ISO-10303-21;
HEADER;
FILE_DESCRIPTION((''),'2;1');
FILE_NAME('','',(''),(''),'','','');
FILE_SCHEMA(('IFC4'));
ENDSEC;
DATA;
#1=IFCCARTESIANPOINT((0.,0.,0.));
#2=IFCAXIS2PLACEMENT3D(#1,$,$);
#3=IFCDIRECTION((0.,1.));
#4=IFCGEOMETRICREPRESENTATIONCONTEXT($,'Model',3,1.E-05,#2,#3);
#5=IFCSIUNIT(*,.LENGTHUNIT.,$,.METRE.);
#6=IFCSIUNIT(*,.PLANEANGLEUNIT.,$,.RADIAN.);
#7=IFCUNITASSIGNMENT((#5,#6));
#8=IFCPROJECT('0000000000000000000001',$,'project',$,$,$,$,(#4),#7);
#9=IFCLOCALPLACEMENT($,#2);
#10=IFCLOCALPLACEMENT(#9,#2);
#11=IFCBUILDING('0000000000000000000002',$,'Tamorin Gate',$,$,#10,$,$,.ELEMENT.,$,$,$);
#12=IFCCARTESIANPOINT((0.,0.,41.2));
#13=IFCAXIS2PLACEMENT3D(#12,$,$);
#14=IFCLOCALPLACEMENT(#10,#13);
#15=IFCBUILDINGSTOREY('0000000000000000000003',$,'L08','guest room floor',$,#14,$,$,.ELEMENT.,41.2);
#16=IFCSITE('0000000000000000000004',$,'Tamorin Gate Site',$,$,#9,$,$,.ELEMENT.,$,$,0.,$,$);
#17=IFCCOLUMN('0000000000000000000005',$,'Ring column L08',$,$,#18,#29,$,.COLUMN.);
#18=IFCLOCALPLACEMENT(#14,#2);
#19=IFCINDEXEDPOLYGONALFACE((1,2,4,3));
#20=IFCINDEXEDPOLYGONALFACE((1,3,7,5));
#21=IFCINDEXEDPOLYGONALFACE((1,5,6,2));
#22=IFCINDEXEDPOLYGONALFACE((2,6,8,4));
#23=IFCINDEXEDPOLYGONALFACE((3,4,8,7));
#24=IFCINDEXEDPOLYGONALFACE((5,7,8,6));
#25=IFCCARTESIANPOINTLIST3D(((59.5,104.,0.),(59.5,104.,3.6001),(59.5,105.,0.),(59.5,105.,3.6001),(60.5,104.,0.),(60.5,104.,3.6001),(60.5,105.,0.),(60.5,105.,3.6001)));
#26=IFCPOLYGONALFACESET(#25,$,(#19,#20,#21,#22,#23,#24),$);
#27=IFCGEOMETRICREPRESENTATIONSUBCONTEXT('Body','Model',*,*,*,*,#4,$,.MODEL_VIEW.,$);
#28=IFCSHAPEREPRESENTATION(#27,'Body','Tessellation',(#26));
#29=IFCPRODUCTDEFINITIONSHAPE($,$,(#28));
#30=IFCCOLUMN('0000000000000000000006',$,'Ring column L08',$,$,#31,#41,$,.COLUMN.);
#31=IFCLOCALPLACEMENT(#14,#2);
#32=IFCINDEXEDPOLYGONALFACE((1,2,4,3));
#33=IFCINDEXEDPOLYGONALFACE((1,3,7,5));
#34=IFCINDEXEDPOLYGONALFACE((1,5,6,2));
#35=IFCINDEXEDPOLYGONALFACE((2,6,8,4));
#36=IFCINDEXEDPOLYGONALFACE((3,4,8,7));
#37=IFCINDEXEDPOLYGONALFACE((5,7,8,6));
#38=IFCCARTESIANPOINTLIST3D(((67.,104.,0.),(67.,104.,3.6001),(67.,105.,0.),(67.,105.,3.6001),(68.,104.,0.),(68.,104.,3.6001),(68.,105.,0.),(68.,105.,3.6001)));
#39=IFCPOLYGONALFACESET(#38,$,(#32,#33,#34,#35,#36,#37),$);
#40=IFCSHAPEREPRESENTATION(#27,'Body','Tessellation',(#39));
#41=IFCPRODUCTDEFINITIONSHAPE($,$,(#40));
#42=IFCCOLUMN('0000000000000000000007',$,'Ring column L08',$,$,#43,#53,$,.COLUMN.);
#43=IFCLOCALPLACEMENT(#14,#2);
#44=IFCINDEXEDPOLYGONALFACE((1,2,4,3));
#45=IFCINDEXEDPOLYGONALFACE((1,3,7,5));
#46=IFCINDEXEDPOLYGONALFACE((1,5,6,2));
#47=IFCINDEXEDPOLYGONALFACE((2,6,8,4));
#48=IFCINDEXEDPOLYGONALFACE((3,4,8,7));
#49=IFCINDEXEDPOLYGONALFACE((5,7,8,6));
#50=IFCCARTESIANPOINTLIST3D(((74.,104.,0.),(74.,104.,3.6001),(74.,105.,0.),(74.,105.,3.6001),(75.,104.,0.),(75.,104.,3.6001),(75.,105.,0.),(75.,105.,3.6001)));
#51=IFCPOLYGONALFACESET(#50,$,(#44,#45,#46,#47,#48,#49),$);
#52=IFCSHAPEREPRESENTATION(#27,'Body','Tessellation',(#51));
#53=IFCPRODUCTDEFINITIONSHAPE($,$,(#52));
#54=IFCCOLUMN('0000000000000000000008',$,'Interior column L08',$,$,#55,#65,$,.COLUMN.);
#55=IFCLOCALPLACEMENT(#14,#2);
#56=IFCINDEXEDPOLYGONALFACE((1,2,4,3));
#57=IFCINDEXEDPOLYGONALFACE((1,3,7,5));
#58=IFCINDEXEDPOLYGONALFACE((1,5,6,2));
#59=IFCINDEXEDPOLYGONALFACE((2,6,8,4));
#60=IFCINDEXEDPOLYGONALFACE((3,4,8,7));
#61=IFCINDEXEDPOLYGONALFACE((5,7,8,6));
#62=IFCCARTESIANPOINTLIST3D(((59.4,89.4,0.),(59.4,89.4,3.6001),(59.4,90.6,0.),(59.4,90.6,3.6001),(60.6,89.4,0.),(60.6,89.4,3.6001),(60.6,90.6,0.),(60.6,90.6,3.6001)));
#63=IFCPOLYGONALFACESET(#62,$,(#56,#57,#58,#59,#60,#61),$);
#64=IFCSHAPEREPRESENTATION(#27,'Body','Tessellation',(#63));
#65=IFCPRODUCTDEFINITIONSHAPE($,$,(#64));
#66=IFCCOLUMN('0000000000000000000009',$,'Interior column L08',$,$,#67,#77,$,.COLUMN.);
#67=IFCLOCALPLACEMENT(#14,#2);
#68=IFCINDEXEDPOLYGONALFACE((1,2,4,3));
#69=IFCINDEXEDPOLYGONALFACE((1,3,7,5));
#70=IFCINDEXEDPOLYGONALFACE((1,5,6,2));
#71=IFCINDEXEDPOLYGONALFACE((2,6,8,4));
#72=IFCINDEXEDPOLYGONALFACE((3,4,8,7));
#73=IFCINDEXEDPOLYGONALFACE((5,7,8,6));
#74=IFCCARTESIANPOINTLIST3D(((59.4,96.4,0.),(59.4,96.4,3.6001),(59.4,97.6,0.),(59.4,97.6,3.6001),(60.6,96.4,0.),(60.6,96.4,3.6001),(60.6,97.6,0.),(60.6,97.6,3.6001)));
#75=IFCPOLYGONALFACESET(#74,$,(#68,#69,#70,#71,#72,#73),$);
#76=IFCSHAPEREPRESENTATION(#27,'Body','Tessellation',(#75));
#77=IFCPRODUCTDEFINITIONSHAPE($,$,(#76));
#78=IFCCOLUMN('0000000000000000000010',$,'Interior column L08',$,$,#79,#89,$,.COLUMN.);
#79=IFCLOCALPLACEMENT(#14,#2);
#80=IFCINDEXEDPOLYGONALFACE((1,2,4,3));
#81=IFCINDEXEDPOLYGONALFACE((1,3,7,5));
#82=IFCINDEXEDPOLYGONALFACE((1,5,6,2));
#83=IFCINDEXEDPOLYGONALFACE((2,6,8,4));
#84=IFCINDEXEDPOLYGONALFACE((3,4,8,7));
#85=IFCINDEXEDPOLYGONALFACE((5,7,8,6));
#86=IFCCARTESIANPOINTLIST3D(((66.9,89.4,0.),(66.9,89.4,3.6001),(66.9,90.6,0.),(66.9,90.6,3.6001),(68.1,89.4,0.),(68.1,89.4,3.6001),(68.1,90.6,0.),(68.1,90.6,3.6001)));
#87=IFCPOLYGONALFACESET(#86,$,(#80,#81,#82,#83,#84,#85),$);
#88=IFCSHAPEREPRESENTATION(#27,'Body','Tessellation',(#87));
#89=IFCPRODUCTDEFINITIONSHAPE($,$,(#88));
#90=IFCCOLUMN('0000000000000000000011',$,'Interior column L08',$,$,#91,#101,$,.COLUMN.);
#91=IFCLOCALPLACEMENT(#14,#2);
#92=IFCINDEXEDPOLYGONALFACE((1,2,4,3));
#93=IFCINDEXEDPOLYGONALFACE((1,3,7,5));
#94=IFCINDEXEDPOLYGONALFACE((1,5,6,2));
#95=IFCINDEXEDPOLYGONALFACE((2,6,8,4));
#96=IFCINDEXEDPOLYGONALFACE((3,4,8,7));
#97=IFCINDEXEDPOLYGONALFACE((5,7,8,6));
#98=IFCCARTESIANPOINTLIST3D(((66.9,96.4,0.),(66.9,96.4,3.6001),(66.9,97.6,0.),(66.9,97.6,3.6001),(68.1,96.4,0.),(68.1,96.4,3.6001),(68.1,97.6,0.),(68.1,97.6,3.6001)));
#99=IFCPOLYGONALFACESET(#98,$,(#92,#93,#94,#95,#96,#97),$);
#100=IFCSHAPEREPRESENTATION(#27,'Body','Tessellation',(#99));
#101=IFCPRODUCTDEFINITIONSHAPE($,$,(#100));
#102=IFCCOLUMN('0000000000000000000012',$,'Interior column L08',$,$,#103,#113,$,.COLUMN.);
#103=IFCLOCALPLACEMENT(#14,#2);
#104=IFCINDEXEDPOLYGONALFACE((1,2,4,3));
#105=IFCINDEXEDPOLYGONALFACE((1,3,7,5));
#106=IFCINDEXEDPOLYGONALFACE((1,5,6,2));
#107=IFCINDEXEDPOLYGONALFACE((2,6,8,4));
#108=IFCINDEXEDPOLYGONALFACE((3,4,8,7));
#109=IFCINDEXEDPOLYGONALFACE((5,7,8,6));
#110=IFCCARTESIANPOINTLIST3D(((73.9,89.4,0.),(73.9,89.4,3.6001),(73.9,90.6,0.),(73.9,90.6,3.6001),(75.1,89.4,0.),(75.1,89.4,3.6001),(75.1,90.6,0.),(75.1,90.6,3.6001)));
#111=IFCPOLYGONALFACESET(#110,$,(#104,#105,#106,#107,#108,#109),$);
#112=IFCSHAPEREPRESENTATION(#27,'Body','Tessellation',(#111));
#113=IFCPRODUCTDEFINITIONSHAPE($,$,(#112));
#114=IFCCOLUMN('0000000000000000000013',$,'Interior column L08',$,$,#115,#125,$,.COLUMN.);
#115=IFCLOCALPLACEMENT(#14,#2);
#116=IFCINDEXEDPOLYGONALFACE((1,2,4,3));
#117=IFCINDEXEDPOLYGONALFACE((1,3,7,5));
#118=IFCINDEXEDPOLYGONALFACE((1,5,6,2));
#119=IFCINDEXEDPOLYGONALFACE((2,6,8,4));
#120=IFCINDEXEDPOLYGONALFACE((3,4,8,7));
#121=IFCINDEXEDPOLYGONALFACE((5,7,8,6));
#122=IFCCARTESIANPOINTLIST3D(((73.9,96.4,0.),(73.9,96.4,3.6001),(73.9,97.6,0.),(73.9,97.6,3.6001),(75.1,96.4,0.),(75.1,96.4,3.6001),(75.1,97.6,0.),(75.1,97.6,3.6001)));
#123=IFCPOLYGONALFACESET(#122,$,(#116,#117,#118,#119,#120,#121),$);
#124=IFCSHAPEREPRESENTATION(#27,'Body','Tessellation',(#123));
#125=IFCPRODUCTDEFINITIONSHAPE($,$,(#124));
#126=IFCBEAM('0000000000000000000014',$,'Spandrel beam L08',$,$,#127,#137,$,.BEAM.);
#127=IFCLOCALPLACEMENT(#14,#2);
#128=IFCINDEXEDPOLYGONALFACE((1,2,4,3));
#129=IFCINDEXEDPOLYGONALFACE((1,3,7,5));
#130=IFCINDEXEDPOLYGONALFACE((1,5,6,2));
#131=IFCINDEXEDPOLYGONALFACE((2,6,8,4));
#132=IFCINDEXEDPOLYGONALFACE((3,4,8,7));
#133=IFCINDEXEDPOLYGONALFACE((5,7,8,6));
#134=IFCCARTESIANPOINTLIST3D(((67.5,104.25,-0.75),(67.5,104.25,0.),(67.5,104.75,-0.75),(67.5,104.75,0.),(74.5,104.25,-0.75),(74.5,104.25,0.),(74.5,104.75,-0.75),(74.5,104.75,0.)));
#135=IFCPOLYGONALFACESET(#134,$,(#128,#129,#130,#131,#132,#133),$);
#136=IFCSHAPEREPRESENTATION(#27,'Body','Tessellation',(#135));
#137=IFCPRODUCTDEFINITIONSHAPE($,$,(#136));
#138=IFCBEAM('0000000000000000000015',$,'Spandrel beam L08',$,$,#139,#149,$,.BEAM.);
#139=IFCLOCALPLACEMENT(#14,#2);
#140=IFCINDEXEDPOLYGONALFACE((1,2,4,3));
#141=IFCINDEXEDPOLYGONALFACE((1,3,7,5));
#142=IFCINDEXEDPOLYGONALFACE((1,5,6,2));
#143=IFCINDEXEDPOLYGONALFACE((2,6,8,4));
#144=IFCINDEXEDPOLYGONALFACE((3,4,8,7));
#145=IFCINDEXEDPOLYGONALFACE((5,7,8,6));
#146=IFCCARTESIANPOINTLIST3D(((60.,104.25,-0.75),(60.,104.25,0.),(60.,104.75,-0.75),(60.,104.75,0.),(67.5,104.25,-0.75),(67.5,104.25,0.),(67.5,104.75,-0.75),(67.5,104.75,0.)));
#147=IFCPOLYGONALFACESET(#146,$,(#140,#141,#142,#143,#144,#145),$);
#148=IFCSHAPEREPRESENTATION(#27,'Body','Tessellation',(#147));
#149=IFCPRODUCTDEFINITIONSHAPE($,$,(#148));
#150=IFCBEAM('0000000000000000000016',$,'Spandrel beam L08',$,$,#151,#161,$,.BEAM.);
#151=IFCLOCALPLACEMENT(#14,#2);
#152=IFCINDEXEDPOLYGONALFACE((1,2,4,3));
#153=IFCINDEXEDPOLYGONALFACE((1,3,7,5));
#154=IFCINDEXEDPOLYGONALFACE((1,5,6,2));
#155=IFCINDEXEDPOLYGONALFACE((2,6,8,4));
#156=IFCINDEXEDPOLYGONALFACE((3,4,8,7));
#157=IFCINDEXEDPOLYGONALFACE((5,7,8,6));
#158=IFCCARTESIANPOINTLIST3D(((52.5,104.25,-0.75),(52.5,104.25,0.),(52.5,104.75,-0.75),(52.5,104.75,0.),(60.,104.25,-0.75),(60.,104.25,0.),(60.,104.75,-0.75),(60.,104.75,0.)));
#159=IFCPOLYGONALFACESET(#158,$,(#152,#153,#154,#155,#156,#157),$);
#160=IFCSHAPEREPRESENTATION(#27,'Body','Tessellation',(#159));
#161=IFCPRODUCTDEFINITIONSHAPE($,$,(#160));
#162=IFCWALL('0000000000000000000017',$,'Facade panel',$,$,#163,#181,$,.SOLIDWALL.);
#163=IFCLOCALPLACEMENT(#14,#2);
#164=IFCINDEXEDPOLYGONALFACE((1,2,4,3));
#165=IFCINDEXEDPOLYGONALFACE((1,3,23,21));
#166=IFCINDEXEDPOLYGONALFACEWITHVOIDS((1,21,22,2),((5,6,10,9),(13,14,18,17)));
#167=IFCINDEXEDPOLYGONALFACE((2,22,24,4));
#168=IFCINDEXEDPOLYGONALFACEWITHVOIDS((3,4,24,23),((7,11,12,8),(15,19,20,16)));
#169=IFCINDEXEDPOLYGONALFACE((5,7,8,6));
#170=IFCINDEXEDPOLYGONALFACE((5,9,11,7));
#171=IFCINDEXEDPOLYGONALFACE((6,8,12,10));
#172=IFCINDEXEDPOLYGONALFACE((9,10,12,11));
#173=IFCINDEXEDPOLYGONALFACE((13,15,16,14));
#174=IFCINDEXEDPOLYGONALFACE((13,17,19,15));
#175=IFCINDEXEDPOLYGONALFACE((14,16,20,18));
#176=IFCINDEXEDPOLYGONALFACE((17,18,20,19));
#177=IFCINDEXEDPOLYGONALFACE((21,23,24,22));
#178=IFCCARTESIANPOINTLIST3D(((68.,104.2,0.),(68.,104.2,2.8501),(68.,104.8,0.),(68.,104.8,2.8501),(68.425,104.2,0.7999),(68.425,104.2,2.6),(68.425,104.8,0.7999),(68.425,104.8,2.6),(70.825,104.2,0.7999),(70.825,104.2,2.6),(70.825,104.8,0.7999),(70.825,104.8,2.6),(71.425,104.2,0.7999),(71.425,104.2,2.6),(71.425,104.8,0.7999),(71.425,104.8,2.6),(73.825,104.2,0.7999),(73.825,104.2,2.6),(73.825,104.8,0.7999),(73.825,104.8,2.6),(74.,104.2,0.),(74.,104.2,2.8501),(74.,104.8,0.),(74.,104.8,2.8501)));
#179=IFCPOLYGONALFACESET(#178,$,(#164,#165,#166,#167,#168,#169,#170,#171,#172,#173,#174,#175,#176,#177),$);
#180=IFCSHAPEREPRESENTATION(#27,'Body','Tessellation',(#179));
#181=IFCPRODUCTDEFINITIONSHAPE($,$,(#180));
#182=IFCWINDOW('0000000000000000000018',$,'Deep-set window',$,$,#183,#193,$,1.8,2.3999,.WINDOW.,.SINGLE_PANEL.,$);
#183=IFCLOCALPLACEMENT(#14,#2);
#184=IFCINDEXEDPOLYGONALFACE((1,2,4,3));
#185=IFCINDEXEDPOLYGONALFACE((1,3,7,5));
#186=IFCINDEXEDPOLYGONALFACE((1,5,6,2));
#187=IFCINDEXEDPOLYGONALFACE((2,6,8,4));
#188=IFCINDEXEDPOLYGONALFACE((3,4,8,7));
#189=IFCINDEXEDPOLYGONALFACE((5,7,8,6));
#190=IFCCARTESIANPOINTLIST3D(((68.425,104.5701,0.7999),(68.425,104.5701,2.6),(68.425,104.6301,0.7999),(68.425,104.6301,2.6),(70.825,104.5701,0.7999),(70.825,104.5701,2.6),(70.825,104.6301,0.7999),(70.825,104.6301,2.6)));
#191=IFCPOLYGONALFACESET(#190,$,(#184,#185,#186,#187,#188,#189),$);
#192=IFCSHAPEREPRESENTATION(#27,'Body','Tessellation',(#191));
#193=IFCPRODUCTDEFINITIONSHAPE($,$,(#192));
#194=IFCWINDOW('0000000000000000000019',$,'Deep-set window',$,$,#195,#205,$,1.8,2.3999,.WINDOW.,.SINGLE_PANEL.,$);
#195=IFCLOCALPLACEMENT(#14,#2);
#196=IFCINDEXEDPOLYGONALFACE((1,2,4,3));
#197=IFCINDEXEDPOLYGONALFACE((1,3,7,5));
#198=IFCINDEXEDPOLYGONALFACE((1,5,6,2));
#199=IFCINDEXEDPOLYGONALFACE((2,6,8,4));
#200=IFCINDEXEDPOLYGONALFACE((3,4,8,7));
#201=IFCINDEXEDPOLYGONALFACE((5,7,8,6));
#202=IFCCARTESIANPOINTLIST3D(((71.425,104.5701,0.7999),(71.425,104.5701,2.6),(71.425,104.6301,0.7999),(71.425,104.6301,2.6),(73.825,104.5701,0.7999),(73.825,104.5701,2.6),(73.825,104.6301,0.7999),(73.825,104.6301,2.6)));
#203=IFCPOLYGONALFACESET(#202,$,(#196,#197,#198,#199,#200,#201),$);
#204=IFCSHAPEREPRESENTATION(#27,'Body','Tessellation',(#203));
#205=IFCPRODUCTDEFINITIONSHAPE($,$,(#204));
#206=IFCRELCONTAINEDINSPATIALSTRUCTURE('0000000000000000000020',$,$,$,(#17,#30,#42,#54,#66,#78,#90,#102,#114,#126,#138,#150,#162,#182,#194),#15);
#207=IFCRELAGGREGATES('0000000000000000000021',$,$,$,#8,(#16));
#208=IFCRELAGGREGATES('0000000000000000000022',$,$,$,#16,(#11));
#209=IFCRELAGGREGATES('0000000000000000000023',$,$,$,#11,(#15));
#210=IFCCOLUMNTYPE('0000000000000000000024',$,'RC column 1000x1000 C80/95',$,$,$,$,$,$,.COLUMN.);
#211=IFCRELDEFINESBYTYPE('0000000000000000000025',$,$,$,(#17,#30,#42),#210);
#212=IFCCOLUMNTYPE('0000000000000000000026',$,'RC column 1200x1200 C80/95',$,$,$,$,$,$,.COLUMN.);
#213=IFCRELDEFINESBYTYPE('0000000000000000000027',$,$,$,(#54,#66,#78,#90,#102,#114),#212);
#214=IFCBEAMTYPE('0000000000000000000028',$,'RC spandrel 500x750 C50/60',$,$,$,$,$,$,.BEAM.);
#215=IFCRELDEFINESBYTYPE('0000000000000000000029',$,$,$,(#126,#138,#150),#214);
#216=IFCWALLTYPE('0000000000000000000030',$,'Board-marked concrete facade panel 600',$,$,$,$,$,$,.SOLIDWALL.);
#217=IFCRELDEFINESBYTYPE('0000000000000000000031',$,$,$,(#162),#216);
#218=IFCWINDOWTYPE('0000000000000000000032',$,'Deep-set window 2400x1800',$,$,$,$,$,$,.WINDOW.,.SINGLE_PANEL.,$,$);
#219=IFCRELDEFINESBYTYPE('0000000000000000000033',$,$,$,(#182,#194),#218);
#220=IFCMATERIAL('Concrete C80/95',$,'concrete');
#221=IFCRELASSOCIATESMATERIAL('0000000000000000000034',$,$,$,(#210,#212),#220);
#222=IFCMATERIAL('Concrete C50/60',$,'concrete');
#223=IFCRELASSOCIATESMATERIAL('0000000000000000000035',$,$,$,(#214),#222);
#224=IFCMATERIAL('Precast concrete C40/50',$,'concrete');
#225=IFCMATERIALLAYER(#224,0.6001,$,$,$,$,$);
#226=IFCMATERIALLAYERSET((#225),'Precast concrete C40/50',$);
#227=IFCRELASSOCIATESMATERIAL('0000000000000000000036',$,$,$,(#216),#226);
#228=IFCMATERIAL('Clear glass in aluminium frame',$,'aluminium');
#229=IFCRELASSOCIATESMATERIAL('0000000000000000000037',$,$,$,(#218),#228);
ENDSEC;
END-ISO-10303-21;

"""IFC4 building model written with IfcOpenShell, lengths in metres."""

from ifc_helpers import new_model, si_unit, direction, frame, frame_2d, origin, origin_2d, place, context, subcontext, project, spatial, rectangle, extrude, material, layer, layer_set, material_profile, profile_set, type_object, element, fill, save


model = new_model("IFC4")

# Units and contexts
model_context = context("Model", 3, precision=1e-05, world=origin(), true_north=direction((0.0, 1.0)))
body_context = subcontext(model_context, "Body", "Model", "MODEL_VIEW")
ifc_project = project(units=[si_unit("LENGTHUNIT", "METRE"), si_unit("PLANEANGLEUNIT", "RADIAN")], contexts=[model_context])

# Site, building, storey
site_placement = place(None, origin())
site = spatial("IfcSite", under=ifc_project, at=site_placement, Name="Tamorin Gate Site", CompositionType="ELEMENT", RefElevation=0.0)
building_placement = place(site_placement, origin())
building = spatial("IfcBuilding", under=site, at=building_placement, Name="Tamorin Gate", CompositionType="ELEMENT")
storey_placement = place(building_placement, frame((0.0, 0.0, 41.2)))
storey = spatial("IfcBuildingStorey", under=building, at=storey_placement, Name="L08", Description="guest room floor", CompositionType="ELEMENT", Elevation=41.2)

# Columns
ifc_material_1 = material(Name="Concrete C80/95", Category="concrete")
ifc_material_profile_1 = material_profile(ifc_material_1, rectangle(XDim=1.0, YDim=1.0, at=origin_2d()), Name="RC 1000x1000")
ifc_profile_set_1 = profile_set([ifc_material_profile_1], Name="Concrete C80/95")
column_type_1 = type_object("IfcColumnType", Name="RC column 1000x1000 C80/95", PredefinedType="COLUMN", material=ifc_profile_set_1)
for number, where, z_axis, x_axis, name in (
    (1, (60.0, 104.5, 0.0), (0.0, 0.0, 1.0), (1.0, 0.0, 0.0), "Ring column L08"),
    (2, (67.5, 104.5, 0.0), (0.0, 0.0, 1.0), (1.0, 0.0, 0.0), "Ring column L08"),
    (3, (74.5, 104.5, 0.0), (0.0, 0.0, 1.0), (1.0, 0.0, 0.0), "Ring column L08"),
):
    element("IfcColumn", number, at=place(storey_placement, frame(where, z_axis=z_axis, x_axis=x_axis)), inside=storey, type_object=column_type_1, Name=name, PredefinedType="COLUMN", context=body_context, shape_type="SweptSolid", body=[
        extrude(rectangle(XDim=1.0, YDim=1.0, at=origin_2d()), origin(), (0.0, 0.0, 1.0), 3.6001),
    ])
ifc_material_profile_2 = material_profile(ifc_material_1, rectangle(XDim=1.2, YDim=1.2, at=origin_2d()), Name="RC 1200x1200")
ifc_profile_set_2 = profile_set([ifc_material_profile_2], Name="Concrete C80/95")
column_type_2 = type_object("IfcColumnType", Name="RC column 1200x1200 C80/95", PredefinedType="COLUMN", material=ifc_profile_set_2)
for number, where, z_axis, x_axis, name in (
    (4, (60.0, 90.0, 0.0), (0.0, 0.0, 1.0), (1.0, 0.0, 0.0), "Interior column L08"),
    (5, (60.0, 97.0, 0.0), (0.0, 0.0, 1.0), (1.0, 0.0, 0.0), "Interior column L08"),
    (6, (67.5, 90.0, 0.0), (0.0, 0.0, 1.0), (1.0, 0.0, 0.0), "Interior column L08"),
    (7, (67.5, 97.0, 0.0), (0.0, 0.0, 1.0), (1.0, 0.0, 0.0), "Interior column L08"),
    (8, (74.5, 90.0, 0.0), (0.0, 0.0, 1.0), (1.0, 0.0, 0.0), "Interior column L08"),
    (9, (74.5, 97.0, 0.0), (0.0, 0.0, 1.0), (1.0, 0.0, 0.0), "Interior column L08"),
):
    element("IfcColumn", number, at=place(storey_placement, frame(where, z_axis=z_axis, x_axis=x_axis)), inside=storey, type_object=column_type_2, Name=name, PredefinedType="COLUMN", context=body_context, shape_type="SweptSolid", body=[
        extrude(rectangle(XDim=1.2, YDim=1.2, at=origin_2d()), origin(), (0.0, 0.0, 1.0), 3.6001),
    ])

# Beams
ifc_material_2 = material(Name="Concrete C50/60", Category="concrete")
ifc_material_profile_3 = material_profile(ifc_material_2, rectangle(XDim=0.5, YDim=0.75, at=origin_2d()), Name="RC 500x750")
ifc_profile_set_3 = profile_set([ifc_material_profile_3], Name="Concrete C50/60")
beam_type = type_object("IfcBeamType", Name="RC spandrel 500x750 C50/60", PredefinedType="BEAM", material=ifc_profile_set_3)
beam_placement = place(storey_placement, frame((74.5, 104.5, -0.375), z_axis=(-1.0, 0.0, 0.0), x_axis=(0.0, -1.0, 0.0)))
element("IfcBeam", 10, at=beam_placement, inside=storey, type_object=beam_type, Name="Spandrel beam L08", PredefinedType="BEAM", context=body_context, shape_type="SweptSolid", body=[
    extrude(rectangle(XDim=0.5, YDim=0.75, at=origin_2d()), origin(), (0.0, 0.0, 1.0), 7.0),
])
for number, where, z_axis, x_axis, name in (
    (11, (67.5, 104.5, -0.375), (-1.0, 0.0, 0.0), (0.0, -1.0, 0.0), "Spandrel beam L08"),
    (12, (60.0, 104.5, -0.375), (-1.0, 0.0, 0.0), (0.0, -1.0, 0.0), "Spandrel beam L08"),
):
    element("IfcBeam", number, at=place(storey_placement, frame(where, z_axis=z_axis, x_axis=x_axis)), inside=storey, type_object=beam_type, Name=name, PredefinedType="BEAM", context=body_context, shape_type="SweptSolid", body=[
        extrude(rectangle(XDim=0.5, YDim=0.75, at=origin_2d()), origin(), (0.0, 0.0, 1.0), 7.5),
    ])

# Wall, openings, windows
ifc_material_3 = material(Name="Precast concrete C40/50", Category="concrete")
ifc_layer_1 = layer(ifc_material_3, 0.6001)
ifc_layer_set_1 = layer_set([ifc_layer_1], Name="Precast concrete C40/50")
wall_type_1 = type_object("IfcWallType", Name="Board-marked concrete facade panel 600", PredefinedType="SOLIDWALL", material=ifc_layer_set_1)
wall_1_placement = place(storey_placement, frame((74.0, 104.5, 0.0), z_axis=(0.0, 0.0, 1.0), x_axis=(-1.0, 0.0, 0.0)))
wall_1 = element("IfcWall", 13, at=wall_1_placement, inside=storey, type_object=wall_type_1, Name="Facade panel", PredefinedType="SOLIDWALL", context=body_context, shape_type="SweptSolid", body=[
    extrude(rectangle(XDim=6.0, YDim=0.6001, at=frame_2d((3.0, 0.0))), origin(), (0.0, 0.0, 1.0), 2.8501),
])
opening_1_placement = place(wall_1_placement, frame((3.175, 0.0, 0.8)))
opening_1 = element("IfcOpeningElement", 14, at=opening_1_placement, cuts=wall_1, PredefinedType="OPENING", context=body_context, shape_type="SweptSolid", body=[
    extrude(rectangle(XDim=2.3999, YDim=1.8, at=frame_2d((1.2, 0.8999))), frame((0.0, 0.3101, 0.0), z_axis=(0.0, -1.0, 0.0), x_axis=(1.0, 0.0, 0.0)), (0.0, 0.0, 1.0), 0.6201),
])
opening_2_placement = place(wall_1_placement, frame((0.175, 0.0, 0.8)))
opening_2 = element("IfcOpeningElement", 15, at=opening_2_placement, cuts=wall_1, PredefinedType="OPENING", context=body_context, shape_type="SweptSolid", body=[
    extrude(rectangle(XDim=2.3999, YDim=1.8, at=frame_2d((1.2, 0.8999))), frame((0.0, 0.3101, 0.0), z_axis=(0.0, -1.0, 0.0), x_axis=(1.0, 0.0, 0.0)), (0.0, 0.0, 1.0), 0.6201),
])
ifc_material_4 = material(Name="Clear glass in aluminium frame", Category="aluminium")
window_type = type_object("IfcWindowType", Name="Deep-set window 2400x1800", PartitioningType="SINGLE_PANEL", PredefinedType="WINDOW", material=ifc_material_4)
window_1_placement = place(opening_1_placement, origin())
window_1 = element("IfcWindow", 16, at=window_1_placement, inside=storey, type_object=window_type, Name="Deep-set window", OverallHeight=1.8, OverallWidth=2.3999, PartitioningType="SINGLE_PANEL", PredefinedType="WINDOW", context=body_context, shape_type="SweptSolid", body=[
    extrude(rectangle(XDim=2.3999, YDim=1.8, at=frame_2d((1.2, 0.8999))), frame((0.0, -0.0701, 0.0), z_axis=(0.0, -1.0, 0.0), x_axis=(1.0, 0.0, 0.0)), (0.0, 0.0, 1.0), 0.0601),
])
fill(opening_1, window_1)
window_2_placement = place(opening_2_placement, origin())
window_2 = element("IfcWindow", 17, at=window_2_placement, inside=storey, type_object=window_type, Name="Deep-set window", OverallHeight=1.8, OverallWidth=2.3999, PartitioningType="SINGLE_PANEL", PredefinedType="WINDOW", context=body_context, shape_type="SweptSolid", body=[
    extrude(rectangle(XDim=2.3999, YDim=1.8, at=frame_2d((1.2, 0.8999))), frame((0.0, -0.0701, 0.0), z_axis=(0.0, -1.0, 0.0), x_axis=(1.0, 0.0, 0.0)), (0.0, 0.0, 1.0), 0.0601),
])
fill(opening_2, window_2)

save(model, "model.ifc")
